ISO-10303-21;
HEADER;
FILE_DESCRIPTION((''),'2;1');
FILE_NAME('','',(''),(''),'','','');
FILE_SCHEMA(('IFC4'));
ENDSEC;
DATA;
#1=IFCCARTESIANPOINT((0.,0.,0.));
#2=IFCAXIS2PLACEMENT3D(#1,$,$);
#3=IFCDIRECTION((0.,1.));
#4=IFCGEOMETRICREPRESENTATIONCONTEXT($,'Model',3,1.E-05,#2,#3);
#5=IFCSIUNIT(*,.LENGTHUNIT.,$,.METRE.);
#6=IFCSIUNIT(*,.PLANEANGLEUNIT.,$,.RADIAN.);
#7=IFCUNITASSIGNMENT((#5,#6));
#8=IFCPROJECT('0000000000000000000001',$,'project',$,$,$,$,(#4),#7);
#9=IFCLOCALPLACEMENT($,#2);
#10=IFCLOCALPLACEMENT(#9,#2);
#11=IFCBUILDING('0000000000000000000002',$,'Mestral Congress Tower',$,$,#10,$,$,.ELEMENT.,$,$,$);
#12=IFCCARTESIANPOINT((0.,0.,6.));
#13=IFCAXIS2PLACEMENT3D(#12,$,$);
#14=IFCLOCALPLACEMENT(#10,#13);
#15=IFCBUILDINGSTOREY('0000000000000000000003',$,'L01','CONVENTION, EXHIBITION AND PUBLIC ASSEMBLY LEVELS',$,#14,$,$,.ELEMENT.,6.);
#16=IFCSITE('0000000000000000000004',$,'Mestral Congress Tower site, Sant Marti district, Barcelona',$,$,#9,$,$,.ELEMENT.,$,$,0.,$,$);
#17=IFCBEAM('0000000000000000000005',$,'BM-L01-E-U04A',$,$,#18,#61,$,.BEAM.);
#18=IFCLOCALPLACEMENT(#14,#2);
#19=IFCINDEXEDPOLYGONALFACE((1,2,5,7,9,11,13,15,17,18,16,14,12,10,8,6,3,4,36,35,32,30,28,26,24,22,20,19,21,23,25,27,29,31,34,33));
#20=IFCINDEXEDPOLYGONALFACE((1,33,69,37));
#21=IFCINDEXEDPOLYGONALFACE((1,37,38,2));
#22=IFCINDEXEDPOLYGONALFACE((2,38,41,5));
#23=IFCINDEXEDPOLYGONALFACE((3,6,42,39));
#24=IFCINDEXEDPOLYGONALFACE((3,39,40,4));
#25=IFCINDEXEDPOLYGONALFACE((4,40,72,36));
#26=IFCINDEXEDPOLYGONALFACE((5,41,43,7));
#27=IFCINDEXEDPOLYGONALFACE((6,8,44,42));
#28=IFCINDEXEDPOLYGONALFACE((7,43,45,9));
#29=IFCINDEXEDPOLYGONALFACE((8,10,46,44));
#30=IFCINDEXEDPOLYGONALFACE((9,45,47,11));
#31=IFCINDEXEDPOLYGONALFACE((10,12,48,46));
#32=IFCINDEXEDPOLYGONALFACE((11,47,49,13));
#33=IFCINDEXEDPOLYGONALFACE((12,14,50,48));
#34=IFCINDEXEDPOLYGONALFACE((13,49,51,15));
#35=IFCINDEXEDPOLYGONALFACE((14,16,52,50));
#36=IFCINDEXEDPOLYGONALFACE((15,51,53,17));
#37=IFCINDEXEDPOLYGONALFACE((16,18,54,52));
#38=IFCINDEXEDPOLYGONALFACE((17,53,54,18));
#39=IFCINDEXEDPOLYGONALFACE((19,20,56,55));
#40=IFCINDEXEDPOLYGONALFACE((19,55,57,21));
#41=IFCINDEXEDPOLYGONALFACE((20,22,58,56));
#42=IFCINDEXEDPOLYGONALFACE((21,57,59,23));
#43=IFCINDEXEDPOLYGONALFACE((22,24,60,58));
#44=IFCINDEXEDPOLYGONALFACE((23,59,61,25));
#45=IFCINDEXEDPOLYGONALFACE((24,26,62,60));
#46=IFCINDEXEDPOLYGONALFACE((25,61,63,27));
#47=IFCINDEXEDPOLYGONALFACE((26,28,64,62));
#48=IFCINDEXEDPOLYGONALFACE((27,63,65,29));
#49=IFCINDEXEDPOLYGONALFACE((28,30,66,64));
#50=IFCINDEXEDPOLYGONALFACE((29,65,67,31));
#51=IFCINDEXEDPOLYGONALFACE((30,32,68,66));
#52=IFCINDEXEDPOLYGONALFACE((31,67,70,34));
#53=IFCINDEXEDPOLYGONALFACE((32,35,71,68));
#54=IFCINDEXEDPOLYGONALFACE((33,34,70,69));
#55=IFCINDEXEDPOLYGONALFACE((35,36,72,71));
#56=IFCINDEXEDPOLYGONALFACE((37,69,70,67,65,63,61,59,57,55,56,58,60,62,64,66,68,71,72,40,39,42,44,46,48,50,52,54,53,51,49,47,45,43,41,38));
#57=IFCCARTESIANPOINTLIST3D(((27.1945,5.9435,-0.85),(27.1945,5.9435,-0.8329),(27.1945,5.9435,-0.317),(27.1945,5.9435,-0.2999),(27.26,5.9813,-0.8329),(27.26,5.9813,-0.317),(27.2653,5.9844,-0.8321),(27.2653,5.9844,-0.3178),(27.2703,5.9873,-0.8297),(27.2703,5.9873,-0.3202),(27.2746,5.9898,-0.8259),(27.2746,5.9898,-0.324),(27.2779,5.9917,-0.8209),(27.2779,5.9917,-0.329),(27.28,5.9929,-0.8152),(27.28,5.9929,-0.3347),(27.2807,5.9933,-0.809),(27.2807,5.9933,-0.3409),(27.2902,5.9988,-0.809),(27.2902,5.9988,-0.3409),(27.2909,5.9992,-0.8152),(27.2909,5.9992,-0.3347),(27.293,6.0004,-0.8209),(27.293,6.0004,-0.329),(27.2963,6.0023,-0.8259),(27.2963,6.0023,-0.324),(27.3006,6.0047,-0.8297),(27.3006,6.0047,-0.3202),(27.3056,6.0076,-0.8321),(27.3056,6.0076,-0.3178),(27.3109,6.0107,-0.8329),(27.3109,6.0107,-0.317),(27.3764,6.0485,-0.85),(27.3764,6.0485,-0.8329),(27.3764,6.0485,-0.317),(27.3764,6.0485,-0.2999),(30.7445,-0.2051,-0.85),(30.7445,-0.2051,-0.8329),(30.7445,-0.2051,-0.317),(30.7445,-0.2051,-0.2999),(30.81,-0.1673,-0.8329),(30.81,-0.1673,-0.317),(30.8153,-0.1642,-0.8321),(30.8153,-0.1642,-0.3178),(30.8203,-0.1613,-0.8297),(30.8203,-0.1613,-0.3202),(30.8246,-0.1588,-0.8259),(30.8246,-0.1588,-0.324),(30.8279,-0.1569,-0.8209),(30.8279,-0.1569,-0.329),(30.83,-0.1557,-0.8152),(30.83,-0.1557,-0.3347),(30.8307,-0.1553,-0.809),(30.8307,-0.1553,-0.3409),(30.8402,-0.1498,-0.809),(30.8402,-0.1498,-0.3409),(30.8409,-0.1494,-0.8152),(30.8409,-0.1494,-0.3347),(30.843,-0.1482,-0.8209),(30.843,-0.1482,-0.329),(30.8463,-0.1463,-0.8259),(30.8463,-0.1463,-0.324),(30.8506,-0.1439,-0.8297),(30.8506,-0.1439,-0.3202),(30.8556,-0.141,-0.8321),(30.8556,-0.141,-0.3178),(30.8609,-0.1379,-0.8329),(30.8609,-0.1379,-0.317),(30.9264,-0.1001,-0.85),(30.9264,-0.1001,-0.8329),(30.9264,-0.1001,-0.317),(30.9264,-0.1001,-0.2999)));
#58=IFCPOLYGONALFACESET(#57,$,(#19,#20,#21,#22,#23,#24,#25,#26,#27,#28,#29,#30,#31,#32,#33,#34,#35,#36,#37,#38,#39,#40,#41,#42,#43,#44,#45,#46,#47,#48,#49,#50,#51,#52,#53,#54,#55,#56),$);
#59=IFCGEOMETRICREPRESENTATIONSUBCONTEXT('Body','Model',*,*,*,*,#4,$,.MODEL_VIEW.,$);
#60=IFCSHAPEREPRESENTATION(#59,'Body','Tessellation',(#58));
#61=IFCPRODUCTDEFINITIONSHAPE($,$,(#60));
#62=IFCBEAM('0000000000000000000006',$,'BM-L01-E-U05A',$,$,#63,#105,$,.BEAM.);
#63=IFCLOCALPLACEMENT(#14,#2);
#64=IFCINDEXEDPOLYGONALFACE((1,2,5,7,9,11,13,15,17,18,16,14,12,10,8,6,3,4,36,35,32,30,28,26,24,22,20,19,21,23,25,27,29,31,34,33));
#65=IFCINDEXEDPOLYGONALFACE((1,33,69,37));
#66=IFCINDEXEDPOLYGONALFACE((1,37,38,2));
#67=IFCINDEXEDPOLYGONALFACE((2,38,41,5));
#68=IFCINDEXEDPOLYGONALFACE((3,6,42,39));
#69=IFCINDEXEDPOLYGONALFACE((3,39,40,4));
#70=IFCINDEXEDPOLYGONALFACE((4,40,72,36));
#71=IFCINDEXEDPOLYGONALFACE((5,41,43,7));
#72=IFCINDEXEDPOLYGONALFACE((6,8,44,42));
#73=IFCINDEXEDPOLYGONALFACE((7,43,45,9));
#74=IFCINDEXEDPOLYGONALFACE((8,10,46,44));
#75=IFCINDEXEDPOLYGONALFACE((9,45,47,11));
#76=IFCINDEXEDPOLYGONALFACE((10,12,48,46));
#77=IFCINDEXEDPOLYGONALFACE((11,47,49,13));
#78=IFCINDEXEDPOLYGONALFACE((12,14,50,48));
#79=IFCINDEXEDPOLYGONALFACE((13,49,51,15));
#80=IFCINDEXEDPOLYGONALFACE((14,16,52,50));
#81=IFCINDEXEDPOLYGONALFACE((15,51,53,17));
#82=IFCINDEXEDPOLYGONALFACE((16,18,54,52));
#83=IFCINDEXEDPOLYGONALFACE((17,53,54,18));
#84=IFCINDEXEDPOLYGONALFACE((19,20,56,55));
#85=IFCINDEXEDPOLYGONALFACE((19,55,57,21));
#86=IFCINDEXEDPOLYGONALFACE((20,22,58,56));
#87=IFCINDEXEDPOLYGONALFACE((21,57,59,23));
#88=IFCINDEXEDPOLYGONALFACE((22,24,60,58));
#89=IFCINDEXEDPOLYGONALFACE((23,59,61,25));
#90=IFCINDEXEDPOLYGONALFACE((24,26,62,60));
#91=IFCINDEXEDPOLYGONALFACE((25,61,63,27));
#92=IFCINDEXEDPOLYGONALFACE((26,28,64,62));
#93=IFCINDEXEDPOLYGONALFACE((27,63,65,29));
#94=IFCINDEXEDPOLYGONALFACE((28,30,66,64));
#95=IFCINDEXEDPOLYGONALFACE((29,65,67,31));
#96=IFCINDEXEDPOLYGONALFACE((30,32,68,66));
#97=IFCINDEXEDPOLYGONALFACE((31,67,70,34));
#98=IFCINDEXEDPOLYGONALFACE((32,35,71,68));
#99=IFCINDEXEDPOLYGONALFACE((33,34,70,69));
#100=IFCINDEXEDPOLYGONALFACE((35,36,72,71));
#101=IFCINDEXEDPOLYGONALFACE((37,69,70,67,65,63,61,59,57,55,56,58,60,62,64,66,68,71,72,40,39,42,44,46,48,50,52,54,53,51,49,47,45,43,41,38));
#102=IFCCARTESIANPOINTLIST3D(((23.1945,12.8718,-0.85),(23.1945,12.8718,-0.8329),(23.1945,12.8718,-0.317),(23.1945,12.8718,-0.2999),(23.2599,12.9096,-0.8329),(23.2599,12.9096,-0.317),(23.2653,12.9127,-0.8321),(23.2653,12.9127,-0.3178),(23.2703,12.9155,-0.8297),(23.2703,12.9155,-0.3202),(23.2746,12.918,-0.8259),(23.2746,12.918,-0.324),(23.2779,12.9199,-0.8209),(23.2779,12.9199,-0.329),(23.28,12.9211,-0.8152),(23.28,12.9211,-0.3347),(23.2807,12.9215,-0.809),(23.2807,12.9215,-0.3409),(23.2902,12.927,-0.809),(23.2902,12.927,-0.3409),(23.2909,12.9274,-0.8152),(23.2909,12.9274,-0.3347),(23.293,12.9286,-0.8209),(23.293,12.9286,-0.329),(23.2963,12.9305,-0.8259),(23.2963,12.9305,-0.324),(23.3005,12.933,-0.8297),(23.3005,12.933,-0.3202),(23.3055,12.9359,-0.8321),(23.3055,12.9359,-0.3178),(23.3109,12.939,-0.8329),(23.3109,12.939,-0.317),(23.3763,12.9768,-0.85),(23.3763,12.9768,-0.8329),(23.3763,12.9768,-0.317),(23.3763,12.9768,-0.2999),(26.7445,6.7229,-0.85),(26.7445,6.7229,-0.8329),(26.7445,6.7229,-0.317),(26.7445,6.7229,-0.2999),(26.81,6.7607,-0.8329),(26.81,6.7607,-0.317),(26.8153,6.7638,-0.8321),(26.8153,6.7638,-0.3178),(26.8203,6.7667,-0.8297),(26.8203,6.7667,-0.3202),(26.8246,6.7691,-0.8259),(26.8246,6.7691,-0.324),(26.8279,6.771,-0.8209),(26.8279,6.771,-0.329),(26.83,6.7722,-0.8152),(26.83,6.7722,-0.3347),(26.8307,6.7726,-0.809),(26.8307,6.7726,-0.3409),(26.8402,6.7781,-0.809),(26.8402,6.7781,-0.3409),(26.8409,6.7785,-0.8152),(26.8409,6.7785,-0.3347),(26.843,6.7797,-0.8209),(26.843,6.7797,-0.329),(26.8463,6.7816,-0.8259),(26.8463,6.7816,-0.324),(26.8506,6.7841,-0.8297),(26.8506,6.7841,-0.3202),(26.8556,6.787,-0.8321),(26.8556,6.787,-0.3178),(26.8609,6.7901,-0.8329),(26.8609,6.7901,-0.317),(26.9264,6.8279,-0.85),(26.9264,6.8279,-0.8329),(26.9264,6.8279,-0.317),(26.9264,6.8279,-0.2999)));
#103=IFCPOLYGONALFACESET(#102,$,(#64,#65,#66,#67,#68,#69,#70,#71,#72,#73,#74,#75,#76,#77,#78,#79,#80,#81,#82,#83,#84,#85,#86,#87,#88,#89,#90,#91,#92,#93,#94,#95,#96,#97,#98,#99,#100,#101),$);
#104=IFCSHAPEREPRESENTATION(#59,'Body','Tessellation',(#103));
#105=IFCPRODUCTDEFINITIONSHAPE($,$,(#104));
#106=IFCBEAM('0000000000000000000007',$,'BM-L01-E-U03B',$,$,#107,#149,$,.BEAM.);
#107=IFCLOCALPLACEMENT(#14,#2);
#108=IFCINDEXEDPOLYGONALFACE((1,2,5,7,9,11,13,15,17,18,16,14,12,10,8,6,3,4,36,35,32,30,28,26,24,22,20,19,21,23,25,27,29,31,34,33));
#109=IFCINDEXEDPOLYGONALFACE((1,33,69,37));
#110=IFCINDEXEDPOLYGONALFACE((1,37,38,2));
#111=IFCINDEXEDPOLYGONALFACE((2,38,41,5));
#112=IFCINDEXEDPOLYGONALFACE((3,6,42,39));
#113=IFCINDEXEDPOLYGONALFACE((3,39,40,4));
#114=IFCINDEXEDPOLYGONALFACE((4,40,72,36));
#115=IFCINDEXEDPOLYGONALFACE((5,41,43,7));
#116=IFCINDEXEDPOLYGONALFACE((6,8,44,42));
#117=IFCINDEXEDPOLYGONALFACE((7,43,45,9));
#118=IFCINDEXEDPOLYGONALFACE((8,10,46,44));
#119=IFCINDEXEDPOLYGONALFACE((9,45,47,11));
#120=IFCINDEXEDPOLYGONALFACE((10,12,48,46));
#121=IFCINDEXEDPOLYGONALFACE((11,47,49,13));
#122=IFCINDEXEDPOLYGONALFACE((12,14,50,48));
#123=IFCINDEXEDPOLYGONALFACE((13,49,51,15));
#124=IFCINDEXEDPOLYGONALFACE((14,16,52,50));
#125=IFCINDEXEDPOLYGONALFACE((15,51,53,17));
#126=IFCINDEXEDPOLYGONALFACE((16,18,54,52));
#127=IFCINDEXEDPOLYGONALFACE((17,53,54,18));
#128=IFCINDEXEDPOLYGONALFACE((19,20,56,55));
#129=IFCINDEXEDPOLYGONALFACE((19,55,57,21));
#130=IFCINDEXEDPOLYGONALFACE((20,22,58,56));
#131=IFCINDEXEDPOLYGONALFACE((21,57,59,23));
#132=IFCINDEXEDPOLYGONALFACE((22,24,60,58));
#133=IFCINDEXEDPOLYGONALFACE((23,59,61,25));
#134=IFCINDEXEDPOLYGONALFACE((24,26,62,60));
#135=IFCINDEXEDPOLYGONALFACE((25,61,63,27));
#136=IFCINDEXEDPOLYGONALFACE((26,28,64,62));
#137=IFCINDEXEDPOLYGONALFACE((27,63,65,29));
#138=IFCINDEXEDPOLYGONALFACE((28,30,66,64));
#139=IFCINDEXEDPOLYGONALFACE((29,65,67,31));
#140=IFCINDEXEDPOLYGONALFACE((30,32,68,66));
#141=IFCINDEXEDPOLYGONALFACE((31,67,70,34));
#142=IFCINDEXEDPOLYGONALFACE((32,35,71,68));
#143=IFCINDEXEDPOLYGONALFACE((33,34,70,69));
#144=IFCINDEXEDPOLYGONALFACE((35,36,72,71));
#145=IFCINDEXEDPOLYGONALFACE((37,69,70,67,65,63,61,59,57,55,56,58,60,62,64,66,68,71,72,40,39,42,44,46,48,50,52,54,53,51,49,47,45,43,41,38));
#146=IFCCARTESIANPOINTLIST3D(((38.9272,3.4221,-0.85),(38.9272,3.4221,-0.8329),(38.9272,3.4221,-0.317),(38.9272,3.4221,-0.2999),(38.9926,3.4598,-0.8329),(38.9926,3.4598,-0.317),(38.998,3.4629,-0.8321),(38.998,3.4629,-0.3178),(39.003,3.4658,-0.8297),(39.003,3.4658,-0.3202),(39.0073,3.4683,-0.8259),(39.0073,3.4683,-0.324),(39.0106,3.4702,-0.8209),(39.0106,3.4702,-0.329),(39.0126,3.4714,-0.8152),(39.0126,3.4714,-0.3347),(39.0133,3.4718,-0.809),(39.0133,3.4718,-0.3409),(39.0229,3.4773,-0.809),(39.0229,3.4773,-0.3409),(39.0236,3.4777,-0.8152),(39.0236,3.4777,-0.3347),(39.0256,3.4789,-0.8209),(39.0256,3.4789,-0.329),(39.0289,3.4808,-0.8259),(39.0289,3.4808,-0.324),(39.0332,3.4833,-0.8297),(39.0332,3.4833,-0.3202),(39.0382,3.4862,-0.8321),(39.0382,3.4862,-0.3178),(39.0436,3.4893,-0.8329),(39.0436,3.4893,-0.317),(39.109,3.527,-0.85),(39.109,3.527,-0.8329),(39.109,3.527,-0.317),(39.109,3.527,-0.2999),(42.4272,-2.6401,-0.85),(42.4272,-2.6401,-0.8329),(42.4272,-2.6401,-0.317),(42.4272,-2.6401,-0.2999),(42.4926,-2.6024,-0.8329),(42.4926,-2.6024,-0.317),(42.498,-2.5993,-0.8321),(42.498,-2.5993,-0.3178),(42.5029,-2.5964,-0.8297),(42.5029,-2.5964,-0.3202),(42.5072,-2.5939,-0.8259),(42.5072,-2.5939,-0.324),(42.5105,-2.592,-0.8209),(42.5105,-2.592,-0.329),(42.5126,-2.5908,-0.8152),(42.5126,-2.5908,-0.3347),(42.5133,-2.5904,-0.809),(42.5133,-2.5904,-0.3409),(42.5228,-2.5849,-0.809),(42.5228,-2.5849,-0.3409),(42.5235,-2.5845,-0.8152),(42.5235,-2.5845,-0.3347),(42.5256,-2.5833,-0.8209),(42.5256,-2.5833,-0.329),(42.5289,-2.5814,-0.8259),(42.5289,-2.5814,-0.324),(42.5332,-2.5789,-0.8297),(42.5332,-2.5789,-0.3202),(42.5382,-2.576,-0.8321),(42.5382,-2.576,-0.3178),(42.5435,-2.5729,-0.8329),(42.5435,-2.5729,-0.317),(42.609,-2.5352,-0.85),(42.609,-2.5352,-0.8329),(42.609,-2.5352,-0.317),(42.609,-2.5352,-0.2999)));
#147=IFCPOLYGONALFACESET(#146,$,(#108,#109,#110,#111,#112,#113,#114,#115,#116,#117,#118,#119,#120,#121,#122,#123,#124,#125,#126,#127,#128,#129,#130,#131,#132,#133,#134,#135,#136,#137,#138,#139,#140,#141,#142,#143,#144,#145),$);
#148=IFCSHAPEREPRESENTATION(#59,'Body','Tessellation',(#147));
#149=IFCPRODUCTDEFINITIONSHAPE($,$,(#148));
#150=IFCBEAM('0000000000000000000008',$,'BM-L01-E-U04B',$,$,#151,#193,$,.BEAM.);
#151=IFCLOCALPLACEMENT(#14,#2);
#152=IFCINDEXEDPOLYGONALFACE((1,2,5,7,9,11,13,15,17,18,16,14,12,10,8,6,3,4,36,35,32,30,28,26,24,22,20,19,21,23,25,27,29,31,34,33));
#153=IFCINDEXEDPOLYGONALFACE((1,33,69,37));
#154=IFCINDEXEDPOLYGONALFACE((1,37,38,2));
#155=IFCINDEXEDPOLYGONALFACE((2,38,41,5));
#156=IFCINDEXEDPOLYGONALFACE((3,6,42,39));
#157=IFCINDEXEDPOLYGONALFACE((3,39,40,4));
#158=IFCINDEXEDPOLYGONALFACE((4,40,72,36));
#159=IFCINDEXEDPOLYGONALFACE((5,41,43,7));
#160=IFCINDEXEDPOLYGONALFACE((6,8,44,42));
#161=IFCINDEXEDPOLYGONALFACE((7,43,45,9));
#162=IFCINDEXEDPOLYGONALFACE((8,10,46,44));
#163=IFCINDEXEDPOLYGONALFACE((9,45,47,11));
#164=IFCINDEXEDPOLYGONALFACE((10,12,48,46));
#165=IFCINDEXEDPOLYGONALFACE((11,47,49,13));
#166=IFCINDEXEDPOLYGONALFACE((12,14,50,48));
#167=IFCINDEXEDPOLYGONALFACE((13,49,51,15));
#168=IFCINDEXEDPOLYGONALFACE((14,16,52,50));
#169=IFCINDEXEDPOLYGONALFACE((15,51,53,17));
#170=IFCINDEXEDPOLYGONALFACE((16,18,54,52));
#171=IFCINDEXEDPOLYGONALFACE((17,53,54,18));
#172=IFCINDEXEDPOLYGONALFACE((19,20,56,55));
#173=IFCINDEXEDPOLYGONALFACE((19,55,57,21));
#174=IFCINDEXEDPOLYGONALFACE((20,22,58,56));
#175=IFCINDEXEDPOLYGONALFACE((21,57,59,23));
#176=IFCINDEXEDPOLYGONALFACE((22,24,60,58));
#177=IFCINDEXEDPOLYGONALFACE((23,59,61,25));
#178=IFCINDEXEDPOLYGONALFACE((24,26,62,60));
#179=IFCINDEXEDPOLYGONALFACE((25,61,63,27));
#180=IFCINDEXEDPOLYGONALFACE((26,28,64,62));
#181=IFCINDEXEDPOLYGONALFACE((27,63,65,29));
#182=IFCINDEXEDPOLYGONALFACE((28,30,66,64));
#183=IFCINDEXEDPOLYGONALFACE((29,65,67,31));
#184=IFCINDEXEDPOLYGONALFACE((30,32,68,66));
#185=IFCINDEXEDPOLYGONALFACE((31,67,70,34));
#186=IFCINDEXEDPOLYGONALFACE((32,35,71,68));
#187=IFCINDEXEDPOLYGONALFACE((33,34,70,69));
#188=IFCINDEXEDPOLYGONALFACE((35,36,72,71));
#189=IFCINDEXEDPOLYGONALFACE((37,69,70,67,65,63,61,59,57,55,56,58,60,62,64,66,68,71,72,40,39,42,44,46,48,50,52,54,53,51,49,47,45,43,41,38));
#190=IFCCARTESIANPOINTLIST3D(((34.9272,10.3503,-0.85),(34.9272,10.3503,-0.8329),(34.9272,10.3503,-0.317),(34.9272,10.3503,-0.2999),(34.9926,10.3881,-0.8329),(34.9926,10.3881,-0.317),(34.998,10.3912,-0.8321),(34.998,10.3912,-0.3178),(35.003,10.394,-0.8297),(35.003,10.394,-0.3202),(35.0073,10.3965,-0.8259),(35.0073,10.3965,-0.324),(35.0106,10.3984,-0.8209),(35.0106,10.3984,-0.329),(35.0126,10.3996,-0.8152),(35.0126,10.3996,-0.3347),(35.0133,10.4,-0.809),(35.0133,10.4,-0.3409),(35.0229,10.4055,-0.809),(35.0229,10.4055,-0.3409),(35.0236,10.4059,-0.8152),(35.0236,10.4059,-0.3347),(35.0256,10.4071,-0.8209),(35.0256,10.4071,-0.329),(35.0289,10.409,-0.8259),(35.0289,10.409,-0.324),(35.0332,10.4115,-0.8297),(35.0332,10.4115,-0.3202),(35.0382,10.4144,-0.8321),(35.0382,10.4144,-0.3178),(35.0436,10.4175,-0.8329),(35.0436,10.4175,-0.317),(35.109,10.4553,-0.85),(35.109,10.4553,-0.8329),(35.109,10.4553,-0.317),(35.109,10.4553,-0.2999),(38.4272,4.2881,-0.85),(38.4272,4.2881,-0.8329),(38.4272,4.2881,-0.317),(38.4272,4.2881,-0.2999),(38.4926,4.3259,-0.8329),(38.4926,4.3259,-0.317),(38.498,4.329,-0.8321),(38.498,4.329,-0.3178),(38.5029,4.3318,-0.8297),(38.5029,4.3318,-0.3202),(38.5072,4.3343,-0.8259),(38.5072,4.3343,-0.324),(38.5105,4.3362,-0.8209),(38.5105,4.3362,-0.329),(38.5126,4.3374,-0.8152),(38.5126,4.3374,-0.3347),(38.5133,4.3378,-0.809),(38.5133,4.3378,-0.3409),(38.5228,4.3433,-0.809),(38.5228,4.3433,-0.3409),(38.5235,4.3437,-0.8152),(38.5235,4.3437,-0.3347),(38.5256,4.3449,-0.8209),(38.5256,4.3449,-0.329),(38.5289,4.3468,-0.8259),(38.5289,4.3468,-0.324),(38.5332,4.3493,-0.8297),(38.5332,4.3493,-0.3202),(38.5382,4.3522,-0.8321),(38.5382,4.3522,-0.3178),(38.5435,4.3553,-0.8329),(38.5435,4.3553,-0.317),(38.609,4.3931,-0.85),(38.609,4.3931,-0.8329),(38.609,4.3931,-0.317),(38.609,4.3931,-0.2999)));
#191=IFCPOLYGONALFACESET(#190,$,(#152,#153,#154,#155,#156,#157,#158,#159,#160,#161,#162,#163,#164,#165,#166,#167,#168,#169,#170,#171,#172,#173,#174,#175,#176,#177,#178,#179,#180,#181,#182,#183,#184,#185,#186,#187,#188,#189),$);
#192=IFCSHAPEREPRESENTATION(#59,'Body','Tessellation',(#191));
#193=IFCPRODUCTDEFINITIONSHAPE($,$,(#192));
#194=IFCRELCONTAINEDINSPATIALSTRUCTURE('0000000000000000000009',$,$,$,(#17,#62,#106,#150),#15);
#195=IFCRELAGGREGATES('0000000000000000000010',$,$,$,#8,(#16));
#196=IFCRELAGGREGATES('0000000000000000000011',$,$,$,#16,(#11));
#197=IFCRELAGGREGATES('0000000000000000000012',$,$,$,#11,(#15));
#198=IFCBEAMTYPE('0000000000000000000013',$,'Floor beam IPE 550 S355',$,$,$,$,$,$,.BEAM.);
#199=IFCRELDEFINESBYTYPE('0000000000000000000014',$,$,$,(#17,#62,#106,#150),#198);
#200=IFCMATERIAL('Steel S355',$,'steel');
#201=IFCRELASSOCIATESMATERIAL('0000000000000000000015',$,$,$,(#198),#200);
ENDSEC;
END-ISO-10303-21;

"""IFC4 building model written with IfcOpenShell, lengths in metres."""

from ifc_helpers import new_model, si_unit, direction, frame, origin, origin_2d, place, context, subcontext, project, spatial, i_section, extrude, material, material_profile, profile_set, type_object, element, save


model = new_model("IFC4")

# Units and contexts
model_context = context("Model", 3, precision=1e-05, world=origin(), true_north=direction((0.0, 1.0)))
body_context = subcontext(model_context, "Body", "Model", "MODEL_VIEW")
ifc_project = project(units=[si_unit("LENGTHUNIT", "METRE"), si_unit("PLANEANGLEUNIT", "RADIAN")], contexts=[model_context])

# Site, building, storey
site_placement = place(None, origin())
site = spatial("IfcSite", under=ifc_project, at=site_placement, Name="Mestral Congress Tower site, Sant Marti district, Barcelona", CompositionType="ELEMENT", RefElevation=0.0)
building_placement = place(site_placement, origin())
building = spatial("IfcBuilding", under=site, at=building_placement, Name="Mestral Congress Tower", CompositionType="ELEMENT")
storey_placement = place(building_placement, frame((0.0, 0.0, 6.0)))
storey = spatial("IfcBuildingStorey", under=building, at=storey_placement, Name="L01", Description="CONVENTION, EXHIBITION AND PUBLIC ASSEMBLY LEVELS", CompositionType="ELEMENT", Elevation=6.0)

# Beams
ifc_material_1 = material(Name="Steel S355", Category="steel")
ifc_material_profile_1 = material_profile(ifc_material_1, i_section(OverallWidth=0.21, OverallDepth=0.55, WebThickness=0.011, FlangeThickness=0.0171, FilletRadius=0.0239, at=origin_2d()), Name="IPE 550")
ifc_profile_set_1 = profile_set([ifc_material_profile_1], Name="Steel S355")
beam_type_1 = type_object("IfcBeamType", Name="Floor beam IPE 550 S355", PredefinedType="BEAM", material=ifc_profile_set_1)
beam_1_placement = place(storey_placement, frame((30.8354, -0.1526, -0.575), z_axis=(-0.500011, 0.866019, 0.0), x_axis=(-0.866019, -0.500011, 0.0)))
element("IfcBeam", 1, at=beam_1_placement, inside=storey, type_object=beam_type_1, Name="BM-L01-E-U04A", PredefinedType="BEAM", context=body_context, shape_type="SweptSolid", body=[
    extrude(i_section(OverallWidth=0.21, OverallDepth=0.55, WebThickness=0.011, FlangeThickness=0.0171, FilletRadius=0.0239, at=origin_2d()), origin(), (0.0, 0.0, 1.0), 7.0999),
])
beam_2_placement = place(storey_placement, frame((26.8354, 6.7754, -0.575), z_axis=(-0.499996, 0.866028, 0.0), x_axis=(-0.866028, -0.499996, 0.0)))
element("IfcBeam", 2, at=beam_2_placement, inside=storey, type_object=beam_type_1, Name="BM-L01-E-U05A", PredefinedType="BEAM", context=body_context, shape_type="SweptSolid", body=[
    extrude(i_section(OverallWidth=0.21, OverallDepth=0.55, WebThickness=0.011, FlangeThickness=0.0171, FilletRadius=0.0239, at=origin_2d()), origin(), (0.0, 0.0, 1.0), 7.1001),
])
for number, where, z_axis, x_axis, name in (
    (3, (42.5181, -2.5876, -0.575), (-0.499995, 0.866028, 0.0), (-0.866028, -0.499995, 0.0), "BM-L01-E-U03B"),
    (4, (38.5181, 4.3406, -0.575), (-0.499995, 0.866028, 0.0), (-0.866028, -0.499995, 0.0), "BM-L01-E-U04B"),
):
    element("IfcBeam", number, at=place(storey_placement, frame(where, z_axis=z_axis, x_axis=x_axis)), inside=storey, type_object=beam_type_1, Name=name, PredefinedType="BEAM", context=body_context, shape_type="SweptSolid", body=[
        extrude(i_section(OverallWidth=0.21, OverallDepth=0.55, WebThickness=0.011, FlangeThickness=0.0171, FilletRadius=0.0239, at=origin_2d()), origin(), (0.0, 0.0, 1.0), 7.0),
    ])

save(model, "model.ifc")
